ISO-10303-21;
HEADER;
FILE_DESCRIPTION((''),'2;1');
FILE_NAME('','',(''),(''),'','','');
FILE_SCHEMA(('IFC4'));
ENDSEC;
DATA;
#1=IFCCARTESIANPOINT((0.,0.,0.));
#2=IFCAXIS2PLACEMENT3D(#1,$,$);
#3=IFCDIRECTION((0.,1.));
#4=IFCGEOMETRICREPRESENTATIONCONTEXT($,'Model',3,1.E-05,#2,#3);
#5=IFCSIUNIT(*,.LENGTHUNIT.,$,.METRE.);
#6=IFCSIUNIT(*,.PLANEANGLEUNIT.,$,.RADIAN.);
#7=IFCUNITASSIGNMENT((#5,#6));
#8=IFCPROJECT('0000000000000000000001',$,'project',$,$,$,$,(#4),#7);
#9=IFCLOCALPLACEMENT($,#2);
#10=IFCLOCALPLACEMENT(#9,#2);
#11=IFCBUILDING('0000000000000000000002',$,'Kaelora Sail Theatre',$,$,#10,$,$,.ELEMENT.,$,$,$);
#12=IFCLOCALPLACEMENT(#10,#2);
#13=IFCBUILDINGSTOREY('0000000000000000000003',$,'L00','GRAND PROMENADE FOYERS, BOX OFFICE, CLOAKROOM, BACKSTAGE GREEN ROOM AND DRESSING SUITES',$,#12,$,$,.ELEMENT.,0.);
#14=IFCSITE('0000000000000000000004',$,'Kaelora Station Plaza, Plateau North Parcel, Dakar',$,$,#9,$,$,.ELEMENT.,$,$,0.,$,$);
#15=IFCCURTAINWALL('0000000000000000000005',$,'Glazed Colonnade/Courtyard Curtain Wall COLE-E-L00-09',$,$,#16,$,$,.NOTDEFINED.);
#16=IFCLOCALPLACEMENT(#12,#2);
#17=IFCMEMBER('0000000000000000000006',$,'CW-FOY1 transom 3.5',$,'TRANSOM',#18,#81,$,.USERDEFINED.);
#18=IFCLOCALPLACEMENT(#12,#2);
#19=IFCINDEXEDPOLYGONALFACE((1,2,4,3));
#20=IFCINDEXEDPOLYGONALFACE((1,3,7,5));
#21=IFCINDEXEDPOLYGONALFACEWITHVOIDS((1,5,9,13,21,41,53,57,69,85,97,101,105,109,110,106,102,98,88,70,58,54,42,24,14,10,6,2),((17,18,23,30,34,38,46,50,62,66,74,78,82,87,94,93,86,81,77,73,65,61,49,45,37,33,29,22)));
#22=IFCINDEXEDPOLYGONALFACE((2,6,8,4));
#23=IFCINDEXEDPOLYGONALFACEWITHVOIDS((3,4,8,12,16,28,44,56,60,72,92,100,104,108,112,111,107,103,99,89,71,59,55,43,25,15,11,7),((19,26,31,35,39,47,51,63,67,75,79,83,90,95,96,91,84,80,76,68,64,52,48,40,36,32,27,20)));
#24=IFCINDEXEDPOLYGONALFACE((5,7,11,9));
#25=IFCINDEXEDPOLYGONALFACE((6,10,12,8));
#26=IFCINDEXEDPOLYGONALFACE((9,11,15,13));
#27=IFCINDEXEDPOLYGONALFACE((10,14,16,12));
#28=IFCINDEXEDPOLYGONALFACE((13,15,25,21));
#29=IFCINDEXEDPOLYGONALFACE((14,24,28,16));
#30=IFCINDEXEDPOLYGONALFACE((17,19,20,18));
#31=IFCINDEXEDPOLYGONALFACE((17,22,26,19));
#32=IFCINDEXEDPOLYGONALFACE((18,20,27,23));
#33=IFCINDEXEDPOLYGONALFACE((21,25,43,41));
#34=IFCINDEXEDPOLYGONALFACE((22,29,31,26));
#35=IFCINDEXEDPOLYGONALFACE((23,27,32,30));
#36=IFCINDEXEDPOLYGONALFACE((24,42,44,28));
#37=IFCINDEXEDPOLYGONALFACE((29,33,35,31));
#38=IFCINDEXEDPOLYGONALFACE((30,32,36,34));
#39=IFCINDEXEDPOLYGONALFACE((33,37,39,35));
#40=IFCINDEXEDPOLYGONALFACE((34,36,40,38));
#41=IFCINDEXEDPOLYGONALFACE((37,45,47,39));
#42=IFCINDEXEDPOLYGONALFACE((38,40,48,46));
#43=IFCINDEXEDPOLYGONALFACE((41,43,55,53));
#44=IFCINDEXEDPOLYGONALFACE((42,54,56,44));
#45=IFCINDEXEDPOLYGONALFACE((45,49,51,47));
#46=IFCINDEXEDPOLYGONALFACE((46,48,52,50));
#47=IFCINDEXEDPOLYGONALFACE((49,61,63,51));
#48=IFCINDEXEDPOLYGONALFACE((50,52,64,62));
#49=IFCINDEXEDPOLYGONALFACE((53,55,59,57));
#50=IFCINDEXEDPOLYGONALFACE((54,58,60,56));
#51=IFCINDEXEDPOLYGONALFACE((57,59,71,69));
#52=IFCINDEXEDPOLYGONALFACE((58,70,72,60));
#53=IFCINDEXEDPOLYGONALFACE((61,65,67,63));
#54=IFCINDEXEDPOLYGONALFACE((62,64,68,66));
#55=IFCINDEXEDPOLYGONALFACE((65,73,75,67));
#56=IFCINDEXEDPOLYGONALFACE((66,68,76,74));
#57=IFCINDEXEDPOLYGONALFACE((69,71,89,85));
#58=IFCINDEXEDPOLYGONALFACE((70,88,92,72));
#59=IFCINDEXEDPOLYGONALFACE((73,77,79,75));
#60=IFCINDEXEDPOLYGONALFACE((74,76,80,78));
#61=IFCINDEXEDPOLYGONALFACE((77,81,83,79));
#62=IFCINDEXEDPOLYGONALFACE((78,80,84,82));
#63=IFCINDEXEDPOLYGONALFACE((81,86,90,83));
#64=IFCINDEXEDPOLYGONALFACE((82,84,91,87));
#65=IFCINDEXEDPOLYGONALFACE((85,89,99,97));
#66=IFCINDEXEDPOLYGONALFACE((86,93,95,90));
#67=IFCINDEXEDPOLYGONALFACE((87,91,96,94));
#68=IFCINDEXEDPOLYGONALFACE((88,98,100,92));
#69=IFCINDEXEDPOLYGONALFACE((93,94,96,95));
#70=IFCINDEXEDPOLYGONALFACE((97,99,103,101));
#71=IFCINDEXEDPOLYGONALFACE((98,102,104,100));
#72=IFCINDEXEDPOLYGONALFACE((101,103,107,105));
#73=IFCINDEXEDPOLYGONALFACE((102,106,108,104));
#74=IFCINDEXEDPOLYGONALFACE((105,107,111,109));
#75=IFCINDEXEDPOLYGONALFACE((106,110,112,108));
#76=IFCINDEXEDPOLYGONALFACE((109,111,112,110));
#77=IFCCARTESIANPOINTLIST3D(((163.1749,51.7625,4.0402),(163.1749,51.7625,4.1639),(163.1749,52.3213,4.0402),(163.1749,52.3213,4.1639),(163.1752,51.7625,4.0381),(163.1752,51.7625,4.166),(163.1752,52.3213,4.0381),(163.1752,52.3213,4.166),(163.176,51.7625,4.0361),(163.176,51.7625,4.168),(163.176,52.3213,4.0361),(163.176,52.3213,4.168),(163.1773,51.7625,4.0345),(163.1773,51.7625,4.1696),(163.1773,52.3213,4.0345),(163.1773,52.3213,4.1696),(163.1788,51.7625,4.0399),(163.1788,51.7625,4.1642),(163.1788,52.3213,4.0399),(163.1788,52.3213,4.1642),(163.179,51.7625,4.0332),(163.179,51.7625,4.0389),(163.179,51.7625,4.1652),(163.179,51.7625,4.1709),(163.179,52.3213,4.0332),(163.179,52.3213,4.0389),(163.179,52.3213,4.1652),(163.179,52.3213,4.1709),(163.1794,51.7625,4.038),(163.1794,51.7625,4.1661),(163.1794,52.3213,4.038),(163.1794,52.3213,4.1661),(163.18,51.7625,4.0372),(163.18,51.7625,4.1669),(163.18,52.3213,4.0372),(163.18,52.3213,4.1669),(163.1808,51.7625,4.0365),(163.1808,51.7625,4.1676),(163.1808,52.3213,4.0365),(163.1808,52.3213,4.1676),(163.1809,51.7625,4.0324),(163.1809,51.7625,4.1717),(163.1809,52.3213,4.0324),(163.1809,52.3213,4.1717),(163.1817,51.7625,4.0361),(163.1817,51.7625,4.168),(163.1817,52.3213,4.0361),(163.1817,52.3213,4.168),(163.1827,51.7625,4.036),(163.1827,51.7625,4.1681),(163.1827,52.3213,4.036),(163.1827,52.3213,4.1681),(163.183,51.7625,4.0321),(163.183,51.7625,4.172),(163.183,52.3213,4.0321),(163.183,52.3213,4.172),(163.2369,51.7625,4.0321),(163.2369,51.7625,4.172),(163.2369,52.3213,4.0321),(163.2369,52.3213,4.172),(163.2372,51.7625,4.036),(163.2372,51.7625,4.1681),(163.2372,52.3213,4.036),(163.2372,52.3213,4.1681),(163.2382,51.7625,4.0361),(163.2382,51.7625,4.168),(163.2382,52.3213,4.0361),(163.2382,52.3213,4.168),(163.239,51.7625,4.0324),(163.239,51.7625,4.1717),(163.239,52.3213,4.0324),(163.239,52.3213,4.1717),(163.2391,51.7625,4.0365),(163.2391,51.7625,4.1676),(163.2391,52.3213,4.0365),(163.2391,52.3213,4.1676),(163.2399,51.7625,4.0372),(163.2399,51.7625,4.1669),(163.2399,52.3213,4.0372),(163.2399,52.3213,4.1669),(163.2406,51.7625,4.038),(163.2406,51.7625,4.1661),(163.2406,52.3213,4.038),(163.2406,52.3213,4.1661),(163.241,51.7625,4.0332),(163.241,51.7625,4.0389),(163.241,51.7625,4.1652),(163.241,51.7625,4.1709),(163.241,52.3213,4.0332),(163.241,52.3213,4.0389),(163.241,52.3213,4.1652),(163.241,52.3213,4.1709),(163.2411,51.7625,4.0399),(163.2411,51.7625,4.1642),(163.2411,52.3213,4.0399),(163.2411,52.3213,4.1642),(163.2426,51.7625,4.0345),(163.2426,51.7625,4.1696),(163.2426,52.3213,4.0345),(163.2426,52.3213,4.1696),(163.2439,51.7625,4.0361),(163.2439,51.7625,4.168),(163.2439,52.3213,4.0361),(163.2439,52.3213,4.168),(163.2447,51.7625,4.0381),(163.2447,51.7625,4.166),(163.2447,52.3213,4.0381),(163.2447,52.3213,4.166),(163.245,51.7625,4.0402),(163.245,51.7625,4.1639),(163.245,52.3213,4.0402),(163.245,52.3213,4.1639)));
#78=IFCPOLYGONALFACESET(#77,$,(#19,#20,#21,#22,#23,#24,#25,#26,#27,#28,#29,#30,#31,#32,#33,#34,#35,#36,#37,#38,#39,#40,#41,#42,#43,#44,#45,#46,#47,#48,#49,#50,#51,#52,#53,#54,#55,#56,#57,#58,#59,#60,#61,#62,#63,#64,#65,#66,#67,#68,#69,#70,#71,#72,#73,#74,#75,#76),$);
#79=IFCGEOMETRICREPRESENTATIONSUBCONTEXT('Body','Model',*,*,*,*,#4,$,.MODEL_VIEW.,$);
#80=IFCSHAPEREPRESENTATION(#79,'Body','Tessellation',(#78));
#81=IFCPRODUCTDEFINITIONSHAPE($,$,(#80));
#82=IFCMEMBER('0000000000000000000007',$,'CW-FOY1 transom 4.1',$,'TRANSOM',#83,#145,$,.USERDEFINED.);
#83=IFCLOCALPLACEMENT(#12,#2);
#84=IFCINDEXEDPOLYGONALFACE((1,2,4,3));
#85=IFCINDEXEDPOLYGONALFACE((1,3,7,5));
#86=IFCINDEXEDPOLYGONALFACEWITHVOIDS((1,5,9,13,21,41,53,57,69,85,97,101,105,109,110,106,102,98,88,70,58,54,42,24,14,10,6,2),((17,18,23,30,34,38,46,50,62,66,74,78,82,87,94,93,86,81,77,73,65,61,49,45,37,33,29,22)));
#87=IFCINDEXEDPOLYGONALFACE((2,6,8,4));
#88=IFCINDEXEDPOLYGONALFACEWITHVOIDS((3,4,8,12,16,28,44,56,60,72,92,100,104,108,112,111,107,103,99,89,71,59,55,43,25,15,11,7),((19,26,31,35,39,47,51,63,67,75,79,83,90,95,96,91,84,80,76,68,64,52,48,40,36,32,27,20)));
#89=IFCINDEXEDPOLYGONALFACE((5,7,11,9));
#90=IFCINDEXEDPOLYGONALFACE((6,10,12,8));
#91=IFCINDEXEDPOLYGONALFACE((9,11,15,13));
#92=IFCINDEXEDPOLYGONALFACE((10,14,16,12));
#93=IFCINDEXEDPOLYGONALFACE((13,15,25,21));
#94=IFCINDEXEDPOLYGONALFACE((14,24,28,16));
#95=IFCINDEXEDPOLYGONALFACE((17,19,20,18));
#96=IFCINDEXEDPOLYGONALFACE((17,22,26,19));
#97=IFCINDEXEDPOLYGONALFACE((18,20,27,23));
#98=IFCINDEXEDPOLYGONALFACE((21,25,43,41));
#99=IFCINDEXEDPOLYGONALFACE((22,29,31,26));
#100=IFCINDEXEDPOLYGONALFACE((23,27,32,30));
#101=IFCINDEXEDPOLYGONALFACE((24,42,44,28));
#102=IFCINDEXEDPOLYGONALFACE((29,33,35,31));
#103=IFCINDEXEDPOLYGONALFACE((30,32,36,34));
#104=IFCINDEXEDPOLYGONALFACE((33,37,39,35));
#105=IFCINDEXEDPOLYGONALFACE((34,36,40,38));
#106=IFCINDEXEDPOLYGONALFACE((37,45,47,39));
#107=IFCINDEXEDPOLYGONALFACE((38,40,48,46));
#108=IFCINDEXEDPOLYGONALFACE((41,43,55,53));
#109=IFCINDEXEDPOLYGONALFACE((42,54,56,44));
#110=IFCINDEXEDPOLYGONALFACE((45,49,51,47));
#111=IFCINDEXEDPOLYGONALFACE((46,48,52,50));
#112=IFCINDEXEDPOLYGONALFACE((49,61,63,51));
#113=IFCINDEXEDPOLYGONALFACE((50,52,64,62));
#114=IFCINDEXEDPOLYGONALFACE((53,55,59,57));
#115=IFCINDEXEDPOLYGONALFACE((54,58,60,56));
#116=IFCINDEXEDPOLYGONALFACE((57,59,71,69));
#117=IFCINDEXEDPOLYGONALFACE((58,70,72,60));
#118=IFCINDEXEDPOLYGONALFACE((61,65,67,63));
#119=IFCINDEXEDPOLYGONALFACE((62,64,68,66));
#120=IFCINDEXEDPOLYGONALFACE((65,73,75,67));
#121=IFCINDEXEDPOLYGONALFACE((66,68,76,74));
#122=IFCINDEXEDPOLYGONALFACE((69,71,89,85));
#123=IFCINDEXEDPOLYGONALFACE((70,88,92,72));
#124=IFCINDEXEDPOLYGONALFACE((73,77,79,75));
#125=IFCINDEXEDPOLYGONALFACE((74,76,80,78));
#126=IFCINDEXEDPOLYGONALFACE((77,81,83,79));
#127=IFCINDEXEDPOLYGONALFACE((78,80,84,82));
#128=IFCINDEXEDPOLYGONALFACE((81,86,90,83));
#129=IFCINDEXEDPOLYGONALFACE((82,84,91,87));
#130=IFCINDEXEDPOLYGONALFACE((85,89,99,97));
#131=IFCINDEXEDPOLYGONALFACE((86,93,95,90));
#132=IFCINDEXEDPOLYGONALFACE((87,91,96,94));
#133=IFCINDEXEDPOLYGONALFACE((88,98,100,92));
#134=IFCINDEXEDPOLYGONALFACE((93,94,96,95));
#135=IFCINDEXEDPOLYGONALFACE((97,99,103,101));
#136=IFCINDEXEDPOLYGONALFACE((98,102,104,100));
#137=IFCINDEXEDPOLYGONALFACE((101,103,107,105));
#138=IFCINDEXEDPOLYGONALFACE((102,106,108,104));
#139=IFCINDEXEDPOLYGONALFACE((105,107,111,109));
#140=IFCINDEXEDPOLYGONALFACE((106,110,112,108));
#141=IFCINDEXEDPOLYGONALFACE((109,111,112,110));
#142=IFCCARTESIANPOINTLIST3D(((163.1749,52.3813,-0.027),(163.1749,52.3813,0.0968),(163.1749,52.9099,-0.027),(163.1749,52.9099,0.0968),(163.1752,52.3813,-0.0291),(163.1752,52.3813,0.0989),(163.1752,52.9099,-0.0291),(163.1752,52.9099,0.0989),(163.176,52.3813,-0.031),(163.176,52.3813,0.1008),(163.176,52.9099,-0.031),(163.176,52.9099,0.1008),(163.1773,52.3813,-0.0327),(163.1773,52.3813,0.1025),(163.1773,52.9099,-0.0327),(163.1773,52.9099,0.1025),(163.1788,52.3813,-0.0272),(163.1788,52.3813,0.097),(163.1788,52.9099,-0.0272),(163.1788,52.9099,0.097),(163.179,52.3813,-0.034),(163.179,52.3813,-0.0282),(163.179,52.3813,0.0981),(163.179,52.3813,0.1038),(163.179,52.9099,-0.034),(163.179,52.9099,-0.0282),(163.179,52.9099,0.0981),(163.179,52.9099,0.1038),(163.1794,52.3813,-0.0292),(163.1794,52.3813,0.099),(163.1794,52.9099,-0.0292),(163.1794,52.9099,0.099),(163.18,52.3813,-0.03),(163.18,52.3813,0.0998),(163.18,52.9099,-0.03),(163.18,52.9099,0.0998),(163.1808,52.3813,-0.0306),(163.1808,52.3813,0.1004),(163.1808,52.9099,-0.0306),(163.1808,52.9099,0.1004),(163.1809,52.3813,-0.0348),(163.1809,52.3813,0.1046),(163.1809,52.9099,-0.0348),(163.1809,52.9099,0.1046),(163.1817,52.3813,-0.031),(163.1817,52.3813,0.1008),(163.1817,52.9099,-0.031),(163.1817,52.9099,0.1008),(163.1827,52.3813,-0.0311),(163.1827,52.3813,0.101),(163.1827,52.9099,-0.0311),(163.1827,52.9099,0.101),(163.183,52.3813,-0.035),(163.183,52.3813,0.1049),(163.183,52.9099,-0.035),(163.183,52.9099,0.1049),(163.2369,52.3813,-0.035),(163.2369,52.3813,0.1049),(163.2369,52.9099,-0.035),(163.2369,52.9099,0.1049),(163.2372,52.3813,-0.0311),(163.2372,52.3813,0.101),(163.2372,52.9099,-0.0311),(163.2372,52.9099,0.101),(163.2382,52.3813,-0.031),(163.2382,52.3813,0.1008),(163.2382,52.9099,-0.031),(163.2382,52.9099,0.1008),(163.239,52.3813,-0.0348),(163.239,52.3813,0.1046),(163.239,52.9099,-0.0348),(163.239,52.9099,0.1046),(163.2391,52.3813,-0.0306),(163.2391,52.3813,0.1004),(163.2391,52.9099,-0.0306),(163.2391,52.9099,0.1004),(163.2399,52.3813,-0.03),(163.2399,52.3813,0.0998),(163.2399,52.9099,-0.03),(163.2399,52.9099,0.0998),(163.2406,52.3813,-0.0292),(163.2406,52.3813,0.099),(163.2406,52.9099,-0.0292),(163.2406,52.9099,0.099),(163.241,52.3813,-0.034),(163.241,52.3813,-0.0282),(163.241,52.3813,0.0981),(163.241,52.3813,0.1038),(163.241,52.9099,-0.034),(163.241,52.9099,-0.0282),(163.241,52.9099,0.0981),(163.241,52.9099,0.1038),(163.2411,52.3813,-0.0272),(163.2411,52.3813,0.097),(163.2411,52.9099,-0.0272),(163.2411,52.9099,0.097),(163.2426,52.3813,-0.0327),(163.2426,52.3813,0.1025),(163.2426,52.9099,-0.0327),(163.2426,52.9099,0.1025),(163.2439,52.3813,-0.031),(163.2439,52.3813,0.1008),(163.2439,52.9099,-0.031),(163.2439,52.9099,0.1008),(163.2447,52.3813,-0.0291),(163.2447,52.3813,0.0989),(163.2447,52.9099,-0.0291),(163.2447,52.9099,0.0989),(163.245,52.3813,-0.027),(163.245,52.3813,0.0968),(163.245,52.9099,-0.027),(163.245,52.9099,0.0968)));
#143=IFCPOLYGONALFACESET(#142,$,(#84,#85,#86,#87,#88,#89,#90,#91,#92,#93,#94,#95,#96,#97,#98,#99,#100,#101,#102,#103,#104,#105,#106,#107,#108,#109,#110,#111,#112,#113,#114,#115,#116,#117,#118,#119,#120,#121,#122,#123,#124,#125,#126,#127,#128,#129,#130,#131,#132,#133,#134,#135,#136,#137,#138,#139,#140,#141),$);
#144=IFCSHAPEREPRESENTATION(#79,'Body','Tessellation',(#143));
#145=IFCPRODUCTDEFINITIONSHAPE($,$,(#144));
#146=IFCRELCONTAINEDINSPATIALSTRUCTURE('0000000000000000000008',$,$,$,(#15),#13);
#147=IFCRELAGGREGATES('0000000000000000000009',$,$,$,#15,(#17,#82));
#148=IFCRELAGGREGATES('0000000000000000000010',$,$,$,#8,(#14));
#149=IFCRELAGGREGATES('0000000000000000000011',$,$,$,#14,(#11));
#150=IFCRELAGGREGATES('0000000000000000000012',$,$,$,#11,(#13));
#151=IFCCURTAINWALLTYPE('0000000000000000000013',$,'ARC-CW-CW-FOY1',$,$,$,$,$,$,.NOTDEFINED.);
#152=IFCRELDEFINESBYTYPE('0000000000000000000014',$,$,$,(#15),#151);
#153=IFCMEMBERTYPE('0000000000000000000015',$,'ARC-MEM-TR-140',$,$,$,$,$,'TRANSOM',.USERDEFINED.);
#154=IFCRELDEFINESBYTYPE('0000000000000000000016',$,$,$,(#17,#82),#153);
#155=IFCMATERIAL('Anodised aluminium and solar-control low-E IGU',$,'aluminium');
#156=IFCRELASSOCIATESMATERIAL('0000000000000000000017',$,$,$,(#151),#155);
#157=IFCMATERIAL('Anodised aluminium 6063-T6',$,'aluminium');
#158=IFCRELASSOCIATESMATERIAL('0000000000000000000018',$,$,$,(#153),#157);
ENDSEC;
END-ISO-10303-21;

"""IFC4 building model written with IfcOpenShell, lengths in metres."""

from ifc_helpers import new_model, si_unit, direction, frame, origin, origin_2d, place, context, subcontext, project, spatial, hollow_rectangle, extrude, material, material_profile, profile_set, type_object, element, aggregate, save


model = new_model("IFC4")

# Units and contexts
model_context = context("Model", 3, precision=1e-05, world=origin(), true_north=direction((0.0, 1.0)))
body_context = subcontext(model_context, "Body", "Model", "MODEL_VIEW")
ifc_project = project(units=[si_unit("LENGTHUNIT", "METRE"), si_unit("PLANEANGLEUNIT", "RADIAN")], contexts=[model_context])

# Site, building, storey
site_placement = place(None, origin())
site = spatial("IfcSite", under=ifc_project, at=site_placement, Name="Kaelora Station Plaza, Plateau North Parcel, Dakar", CompositionType="ELEMENT", RefElevation=0.0)
building_placement = place(site_placement, origin())
building = spatial("IfcBuilding", under=site, at=building_placement, Name="Kaelora Sail Theatre", CompositionType="ELEMENT")
storey_placement = place(building_placement, origin())
storey = spatial("IfcBuildingStorey", under=building, at=storey_placement, Name="L00", Description="GRAND PROMENADE FOYERS, BOX OFFICE, CLOAKROOM, BACKSTAGE GREEN ROOM AND DRESSING SUITES", CompositionType="ELEMENT", Elevation=0.0)

# Curtain wall, members
ifc_material_1 = material(Name="Anodised aluminium and solar-control low-E IGU", Category="aluminium")
curtain_wall_type = type_object("IfcCurtainWallType", Name="ARC-CW-CW-FOY1", PredefinedType="NOTDEFINED", material=ifc_material_1)
curtain_wall_placement = place(storey_placement, origin())
curtain_wall = element("IfcCurtainWall", 1, at=curtain_wall_placement, inside=storey, type_object=curtain_wall_type, Name="Glazed Colonnade/Courtyard Curtain Wall COLE-E-L00-09", PredefinedType="NOTDEFINED")
ifc_material_2 = material(Name="Anodised aluminium 6063-T6", Category="aluminium")
ifc_material_profile_1 = material_profile(ifc_material_2, hollow_rectangle(XDim=0.0701, YDim=0.1399, WallThickness=0.0039, InnerFilletRadius=0.0039, OuterFilletRadius=0.0081, at=origin_2d()), Name="ALU-TRAN 70x140x4")
ifc_profile_set_1 = profile_set([ifc_material_profile_1], Name="Anodised aluminium 6063-T6")
member_type_1 = type_object("IfcMemberType", Name="ARC-MEM-TR-140", ElementType="TRANSOM", PredefinedType="USERDEFINED", material=ifc_profile_set_1)
member_1_placement = place(storey_placement, frame((163.21, 51.7625, 4.1021), z_axis=(0.0, 1.0, 0.0), x_axis=(-1.0, 0.0, 0.0)))
member_1 = element("IfcMember", 2, at=member_1_placement, type_object=member_type_1, Name="CW-FOY1 transom 3.5", ObjectType="TRANSOM", PredefinedType="USERDEFINED", context=body_context, shape_type="SweptSolid", body=[
    extrude(hollow_rectangle(XDim=0.0701, YDim=0.1399, WallThickness=0.0039, InnerFilletRadius=0.0039, OuterFilletRadius=0.0081, at=origin_2d()), origin(), (0.0, 0.0, 1.0), 0.5588),
])
member_2_placement = place(storey_placement, frame((163.21, 52.3813, 0.0349), z_axis=(0.0, 1.0, 0.0), x_axis=(-1.0, 0.0, 0.0)))
member_2 = element("IfcMember", 3, at=member_2_placement, type_object=member_type_1, Name="CW-FOY1 transom 4.1", ObjectType="TRANSOM", PredefinedType="USERDEFINED", context=body_context, shape_type="SweptSolid", body=[
    extrude(hollow_rectangle(XDim=0.0701, YDim=0.1399, WallThickness=0.0039, InnerFilletRadius=0.0039, OuterFilletRadius=0.0081, at=origin_2d()), origin(), (0.0, 0.0, 1.0), 0.5286),
])

aggregate(curtain_wall, [member_1, member_2])

save(model, "model.ifc")
